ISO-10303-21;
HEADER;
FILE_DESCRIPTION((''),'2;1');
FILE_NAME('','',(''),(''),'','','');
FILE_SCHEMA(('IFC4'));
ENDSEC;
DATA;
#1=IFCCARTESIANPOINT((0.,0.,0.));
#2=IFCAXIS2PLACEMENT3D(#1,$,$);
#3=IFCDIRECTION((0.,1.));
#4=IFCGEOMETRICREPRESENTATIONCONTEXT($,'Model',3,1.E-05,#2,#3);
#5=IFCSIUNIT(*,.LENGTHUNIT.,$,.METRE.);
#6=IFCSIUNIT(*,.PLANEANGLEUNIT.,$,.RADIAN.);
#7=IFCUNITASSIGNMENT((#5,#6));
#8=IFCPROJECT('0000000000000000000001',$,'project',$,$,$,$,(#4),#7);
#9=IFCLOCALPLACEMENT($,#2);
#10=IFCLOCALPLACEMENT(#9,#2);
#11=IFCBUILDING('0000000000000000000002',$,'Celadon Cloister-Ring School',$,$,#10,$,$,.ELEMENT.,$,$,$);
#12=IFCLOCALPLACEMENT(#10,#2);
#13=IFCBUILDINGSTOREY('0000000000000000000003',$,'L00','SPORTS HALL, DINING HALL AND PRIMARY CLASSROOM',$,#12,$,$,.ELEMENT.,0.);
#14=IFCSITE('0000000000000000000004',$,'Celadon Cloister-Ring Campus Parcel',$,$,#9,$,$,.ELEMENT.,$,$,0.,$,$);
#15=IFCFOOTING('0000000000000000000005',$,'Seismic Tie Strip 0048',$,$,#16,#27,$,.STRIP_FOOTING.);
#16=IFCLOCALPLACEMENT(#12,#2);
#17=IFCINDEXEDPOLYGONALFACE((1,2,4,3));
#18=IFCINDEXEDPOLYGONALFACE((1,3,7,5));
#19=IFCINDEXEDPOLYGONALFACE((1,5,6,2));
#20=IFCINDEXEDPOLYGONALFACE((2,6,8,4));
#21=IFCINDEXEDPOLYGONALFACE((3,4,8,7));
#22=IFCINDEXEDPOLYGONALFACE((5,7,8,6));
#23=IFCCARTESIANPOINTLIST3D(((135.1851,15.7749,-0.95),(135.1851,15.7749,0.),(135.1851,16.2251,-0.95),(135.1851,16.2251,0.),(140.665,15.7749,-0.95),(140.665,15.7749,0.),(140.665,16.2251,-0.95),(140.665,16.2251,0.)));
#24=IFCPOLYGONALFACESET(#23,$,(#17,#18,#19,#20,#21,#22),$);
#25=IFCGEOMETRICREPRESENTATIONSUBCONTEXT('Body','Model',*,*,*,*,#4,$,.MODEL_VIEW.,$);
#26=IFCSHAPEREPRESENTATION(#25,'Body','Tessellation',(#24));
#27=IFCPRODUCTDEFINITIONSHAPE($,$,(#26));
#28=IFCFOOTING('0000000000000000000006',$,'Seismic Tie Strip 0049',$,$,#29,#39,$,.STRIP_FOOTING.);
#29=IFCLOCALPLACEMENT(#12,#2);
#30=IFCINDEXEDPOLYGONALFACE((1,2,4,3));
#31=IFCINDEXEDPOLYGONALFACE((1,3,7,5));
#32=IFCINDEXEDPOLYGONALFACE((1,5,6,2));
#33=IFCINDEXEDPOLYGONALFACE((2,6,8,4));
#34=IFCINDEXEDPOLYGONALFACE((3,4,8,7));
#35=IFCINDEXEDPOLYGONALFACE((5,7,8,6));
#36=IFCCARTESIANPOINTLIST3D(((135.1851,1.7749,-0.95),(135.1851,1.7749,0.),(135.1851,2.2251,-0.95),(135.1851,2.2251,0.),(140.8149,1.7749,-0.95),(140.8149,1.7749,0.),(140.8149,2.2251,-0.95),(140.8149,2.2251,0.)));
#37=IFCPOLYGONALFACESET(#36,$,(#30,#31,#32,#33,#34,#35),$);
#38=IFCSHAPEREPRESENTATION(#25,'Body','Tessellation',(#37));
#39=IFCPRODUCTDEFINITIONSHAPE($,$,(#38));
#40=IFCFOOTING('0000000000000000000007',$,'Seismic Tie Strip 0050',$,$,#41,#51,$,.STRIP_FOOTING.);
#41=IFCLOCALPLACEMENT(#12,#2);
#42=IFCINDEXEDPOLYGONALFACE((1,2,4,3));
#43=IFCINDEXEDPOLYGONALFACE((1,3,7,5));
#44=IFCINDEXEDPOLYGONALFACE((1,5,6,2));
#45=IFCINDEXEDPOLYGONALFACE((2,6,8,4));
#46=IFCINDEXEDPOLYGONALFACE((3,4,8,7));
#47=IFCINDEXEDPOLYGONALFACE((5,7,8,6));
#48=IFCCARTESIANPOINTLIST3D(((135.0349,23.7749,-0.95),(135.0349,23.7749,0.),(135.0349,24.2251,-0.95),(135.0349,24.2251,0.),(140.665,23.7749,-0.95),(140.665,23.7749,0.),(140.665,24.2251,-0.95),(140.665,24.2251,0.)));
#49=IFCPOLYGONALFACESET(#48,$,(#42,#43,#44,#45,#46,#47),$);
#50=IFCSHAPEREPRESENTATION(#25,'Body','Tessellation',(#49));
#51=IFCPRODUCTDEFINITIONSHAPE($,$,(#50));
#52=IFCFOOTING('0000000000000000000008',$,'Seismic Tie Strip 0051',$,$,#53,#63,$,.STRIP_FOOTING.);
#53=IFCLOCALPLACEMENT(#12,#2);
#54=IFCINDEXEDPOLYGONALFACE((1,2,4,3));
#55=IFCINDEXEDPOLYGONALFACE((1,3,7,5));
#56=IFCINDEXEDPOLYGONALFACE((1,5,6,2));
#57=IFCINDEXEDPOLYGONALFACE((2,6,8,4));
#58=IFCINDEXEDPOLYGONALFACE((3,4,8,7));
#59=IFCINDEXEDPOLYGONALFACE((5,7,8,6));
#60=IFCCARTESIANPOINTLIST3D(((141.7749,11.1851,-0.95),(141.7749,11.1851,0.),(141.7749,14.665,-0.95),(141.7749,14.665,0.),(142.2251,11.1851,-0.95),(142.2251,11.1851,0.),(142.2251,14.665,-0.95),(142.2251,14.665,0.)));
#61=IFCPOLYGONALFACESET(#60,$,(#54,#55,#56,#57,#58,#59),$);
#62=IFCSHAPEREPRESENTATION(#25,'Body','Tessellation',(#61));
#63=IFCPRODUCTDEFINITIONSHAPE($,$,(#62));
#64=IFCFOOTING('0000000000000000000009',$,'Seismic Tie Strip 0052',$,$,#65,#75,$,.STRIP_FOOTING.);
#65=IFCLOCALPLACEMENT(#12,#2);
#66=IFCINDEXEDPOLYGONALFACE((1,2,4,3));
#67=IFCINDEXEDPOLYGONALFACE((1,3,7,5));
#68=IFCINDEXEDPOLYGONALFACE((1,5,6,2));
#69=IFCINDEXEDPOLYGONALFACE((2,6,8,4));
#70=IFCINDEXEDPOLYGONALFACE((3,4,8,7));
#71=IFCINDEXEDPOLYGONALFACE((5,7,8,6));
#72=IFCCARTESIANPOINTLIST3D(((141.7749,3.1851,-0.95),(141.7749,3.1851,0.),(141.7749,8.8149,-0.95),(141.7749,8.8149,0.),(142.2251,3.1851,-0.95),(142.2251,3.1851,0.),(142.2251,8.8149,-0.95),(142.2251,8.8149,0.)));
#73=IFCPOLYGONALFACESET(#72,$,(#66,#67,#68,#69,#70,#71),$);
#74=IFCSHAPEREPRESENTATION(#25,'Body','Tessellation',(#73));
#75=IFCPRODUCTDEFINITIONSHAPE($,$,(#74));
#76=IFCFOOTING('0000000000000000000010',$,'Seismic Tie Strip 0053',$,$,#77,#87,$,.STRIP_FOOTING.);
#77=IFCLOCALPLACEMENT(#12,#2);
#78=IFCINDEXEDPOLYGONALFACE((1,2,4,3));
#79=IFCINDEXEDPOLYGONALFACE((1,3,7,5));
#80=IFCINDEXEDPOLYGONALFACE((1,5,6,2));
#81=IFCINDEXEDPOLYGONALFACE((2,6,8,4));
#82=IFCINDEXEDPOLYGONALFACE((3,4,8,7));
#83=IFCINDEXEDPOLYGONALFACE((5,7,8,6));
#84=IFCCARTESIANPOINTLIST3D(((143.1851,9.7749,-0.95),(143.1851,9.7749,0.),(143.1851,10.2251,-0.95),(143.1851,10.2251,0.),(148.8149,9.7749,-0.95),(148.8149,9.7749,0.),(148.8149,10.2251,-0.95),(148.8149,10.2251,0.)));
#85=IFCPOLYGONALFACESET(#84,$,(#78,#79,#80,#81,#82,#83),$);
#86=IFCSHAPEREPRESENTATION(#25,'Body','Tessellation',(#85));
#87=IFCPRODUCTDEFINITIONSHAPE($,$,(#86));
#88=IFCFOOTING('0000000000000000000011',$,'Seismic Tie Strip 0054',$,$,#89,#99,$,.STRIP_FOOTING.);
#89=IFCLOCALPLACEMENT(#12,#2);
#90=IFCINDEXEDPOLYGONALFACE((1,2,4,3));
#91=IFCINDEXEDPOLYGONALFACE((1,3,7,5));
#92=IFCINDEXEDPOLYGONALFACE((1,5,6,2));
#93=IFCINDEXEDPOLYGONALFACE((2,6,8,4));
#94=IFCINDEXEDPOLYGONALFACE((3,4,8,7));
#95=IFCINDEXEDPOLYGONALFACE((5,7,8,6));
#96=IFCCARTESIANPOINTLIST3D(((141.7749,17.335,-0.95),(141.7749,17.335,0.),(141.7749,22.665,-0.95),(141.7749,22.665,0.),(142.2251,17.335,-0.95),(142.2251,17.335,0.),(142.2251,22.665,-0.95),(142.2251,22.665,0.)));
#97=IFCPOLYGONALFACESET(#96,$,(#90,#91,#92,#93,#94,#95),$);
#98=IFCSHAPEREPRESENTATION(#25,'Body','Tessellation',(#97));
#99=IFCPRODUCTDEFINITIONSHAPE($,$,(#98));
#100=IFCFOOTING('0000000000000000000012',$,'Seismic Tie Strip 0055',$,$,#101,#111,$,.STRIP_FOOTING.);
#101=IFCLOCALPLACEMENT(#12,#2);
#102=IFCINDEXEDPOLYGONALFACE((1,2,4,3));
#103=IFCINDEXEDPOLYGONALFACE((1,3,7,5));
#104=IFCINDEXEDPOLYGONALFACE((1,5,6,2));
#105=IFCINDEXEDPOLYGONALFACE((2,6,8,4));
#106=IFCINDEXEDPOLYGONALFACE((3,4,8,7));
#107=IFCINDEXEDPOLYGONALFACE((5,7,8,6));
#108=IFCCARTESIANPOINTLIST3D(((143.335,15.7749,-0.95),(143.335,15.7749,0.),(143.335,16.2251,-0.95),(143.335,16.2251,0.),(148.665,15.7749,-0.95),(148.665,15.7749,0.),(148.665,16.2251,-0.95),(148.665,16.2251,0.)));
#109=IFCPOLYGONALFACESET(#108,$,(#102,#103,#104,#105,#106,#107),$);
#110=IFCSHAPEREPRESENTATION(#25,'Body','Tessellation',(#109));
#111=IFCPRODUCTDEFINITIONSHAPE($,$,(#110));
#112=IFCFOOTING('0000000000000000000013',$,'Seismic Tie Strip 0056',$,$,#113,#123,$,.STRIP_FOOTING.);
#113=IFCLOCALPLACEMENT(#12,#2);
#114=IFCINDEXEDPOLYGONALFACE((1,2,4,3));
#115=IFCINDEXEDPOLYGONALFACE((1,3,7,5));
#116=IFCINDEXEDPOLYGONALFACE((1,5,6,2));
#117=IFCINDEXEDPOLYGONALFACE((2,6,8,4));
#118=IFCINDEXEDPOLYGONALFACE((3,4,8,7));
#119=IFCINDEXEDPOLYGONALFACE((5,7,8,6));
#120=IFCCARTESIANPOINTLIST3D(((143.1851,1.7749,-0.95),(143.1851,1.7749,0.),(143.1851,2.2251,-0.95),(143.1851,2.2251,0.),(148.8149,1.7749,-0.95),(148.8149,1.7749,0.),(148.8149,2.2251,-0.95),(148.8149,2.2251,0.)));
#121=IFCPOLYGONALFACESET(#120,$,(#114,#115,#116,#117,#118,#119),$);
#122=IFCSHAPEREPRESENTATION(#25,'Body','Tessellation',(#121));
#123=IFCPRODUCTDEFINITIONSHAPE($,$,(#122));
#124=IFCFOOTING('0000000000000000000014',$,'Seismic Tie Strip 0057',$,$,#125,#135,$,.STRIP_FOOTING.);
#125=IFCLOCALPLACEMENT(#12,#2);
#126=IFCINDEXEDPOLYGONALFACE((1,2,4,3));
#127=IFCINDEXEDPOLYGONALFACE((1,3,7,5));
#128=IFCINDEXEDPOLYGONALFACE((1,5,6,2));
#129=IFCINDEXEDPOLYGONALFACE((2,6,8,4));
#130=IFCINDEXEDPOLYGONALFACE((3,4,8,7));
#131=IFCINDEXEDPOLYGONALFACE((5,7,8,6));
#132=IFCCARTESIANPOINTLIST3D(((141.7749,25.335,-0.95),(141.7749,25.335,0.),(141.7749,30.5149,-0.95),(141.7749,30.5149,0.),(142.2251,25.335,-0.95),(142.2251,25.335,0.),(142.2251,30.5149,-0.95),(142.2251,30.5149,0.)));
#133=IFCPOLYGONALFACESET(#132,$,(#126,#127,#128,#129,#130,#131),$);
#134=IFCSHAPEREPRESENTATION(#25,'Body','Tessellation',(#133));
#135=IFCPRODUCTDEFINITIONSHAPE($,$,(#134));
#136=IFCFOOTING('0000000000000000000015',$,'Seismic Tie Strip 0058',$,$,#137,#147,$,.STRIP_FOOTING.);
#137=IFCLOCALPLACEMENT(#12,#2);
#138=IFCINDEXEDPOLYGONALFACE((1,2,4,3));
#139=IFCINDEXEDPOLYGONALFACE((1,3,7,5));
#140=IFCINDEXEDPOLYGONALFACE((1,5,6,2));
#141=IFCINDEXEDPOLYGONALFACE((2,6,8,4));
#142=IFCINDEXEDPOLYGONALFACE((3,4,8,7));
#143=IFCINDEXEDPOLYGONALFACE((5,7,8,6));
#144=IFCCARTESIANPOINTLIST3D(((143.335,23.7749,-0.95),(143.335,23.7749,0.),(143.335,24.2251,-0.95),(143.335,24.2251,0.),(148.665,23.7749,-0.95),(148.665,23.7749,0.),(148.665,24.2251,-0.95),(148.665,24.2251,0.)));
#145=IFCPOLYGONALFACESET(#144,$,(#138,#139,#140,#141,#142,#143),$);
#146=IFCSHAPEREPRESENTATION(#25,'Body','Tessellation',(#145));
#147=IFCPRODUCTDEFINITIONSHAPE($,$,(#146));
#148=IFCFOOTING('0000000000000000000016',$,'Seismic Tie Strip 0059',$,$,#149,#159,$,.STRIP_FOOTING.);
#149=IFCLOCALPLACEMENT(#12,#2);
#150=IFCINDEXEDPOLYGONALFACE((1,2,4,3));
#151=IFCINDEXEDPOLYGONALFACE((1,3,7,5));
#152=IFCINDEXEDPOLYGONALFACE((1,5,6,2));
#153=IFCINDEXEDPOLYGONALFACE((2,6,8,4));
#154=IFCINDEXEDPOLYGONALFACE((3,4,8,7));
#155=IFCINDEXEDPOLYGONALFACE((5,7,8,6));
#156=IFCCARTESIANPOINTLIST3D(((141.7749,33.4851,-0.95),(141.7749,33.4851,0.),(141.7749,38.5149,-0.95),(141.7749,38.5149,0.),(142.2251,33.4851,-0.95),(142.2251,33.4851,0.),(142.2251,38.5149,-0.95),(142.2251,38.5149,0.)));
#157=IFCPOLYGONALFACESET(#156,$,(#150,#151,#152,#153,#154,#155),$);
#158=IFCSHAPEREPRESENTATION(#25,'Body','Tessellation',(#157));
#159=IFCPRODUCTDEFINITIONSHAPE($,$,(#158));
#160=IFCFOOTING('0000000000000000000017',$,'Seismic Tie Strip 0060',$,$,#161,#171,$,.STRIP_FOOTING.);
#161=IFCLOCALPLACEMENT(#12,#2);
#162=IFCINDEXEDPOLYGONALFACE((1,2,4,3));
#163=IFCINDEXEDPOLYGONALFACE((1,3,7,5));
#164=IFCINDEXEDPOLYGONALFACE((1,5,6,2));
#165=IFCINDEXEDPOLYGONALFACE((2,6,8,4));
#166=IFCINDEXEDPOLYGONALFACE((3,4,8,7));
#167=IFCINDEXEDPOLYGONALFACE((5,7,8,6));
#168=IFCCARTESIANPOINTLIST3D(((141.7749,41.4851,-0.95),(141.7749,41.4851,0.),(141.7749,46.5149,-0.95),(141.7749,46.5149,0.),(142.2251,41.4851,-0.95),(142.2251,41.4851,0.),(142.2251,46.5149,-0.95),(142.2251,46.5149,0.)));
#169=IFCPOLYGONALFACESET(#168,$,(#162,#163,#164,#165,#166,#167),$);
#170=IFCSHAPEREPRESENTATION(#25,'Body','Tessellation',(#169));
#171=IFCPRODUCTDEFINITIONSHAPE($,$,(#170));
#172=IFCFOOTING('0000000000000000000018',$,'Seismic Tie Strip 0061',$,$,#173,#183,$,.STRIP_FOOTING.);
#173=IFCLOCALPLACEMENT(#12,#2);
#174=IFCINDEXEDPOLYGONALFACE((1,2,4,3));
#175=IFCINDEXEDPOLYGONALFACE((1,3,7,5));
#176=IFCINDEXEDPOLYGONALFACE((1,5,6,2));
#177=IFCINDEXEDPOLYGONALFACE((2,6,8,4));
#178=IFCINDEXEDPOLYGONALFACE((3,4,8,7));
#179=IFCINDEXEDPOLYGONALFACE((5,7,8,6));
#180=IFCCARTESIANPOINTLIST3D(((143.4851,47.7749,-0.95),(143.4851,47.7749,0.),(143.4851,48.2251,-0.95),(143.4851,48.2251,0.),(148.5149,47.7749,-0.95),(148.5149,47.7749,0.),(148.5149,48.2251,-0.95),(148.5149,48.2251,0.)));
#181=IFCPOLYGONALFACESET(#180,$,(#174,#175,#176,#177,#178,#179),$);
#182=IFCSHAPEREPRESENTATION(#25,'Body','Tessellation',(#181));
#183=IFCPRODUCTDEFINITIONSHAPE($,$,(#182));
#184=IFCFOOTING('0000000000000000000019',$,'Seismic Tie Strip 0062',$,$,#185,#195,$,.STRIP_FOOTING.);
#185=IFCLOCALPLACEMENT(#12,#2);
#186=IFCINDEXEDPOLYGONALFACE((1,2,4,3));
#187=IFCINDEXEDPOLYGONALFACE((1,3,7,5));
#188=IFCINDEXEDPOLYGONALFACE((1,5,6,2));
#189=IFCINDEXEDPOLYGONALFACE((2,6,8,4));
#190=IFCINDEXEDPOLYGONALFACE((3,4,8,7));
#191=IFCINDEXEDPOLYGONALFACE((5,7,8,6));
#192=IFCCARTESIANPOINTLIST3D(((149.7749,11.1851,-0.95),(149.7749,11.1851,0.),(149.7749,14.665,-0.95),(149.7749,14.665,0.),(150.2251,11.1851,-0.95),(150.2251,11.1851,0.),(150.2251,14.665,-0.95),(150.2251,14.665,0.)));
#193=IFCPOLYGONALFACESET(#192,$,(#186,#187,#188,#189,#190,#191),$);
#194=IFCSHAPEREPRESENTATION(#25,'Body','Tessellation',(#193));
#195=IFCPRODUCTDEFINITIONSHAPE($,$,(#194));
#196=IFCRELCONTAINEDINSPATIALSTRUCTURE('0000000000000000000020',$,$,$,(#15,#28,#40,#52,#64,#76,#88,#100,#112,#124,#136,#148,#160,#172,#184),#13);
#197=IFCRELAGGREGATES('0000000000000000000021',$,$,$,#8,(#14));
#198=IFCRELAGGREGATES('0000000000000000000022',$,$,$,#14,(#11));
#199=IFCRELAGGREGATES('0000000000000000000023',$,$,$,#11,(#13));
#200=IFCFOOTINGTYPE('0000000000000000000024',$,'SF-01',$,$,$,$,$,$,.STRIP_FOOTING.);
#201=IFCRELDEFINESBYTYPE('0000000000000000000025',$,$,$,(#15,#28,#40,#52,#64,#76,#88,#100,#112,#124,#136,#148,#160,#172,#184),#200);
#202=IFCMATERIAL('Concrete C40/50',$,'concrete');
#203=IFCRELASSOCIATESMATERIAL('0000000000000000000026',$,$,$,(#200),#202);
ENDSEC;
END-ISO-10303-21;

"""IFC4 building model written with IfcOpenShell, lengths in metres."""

from ifc_helpers import new_model, si_unit, direction, frame, origin, place, context, subcontext, project, spatial, polyline, outline, extrude, material, type_object, element, save


model = new_model("IFC4")

# Units and contexts
model_context = context("Model", 3, precision=1e-05, world=origin(), true_north=direction((0.0, 1.0)))
body_context = subcontext(model_context, "Body", "Model", "MODEL_VIEW")
ifc_project = project(units=[si_unit("LENGTHUNIT", "METRE"), si_unit("PLANEANGLEUNIT", "RADIAN")], contexts=[model_context])

# Site, building, storey
site_placement = place(None, origin())
site = spatial("IfcSite", under=ifc_project, at=site_placement, Name="Celadon Cloister-Ring Campus Parcel", CompositionType="ELEMENT", RefElevation=0.0)
building_placement = place(site_placement, origin())
building = spatial("IfcBuilding", under=site, at=building_placement, Name="Celadon Cloister-Ring School", CompositionType="ELEMENT")
storey_placement = place(building_placement, origin())
storey = spatial("IfcBuildingStorey", under=building, at=storey_placement, Name="L00", Description="SPORTS HALL, DINING HALL AND PRIMARY CLASSROOM", CompositionType="ELEMENT", Elevation=0.0)

# Footings
ifc_material = material(Name="Concrete C40/50", Category="concrete")
footing_type = type_object("IfcFootingType", Name="SF-01", PredefinedType="STRIP_FOOTING", material=ifc_material)
footing_1_placement = place(storey_placement, frame((0.0, 0.0, -0.95)))
element("IfcFooting", 1, at=footing_1_placement, inside=storey, type_object=footing_type, Name="Seismic Tie Strip 0048", PredefinedType="STRIP_FOOTING", context=body_context, shape_type="SweptSolid", body=[
    extrude(outline(polyline([(135.1851, 15.7749), (140.665, 15.7749), (140.665, 16.2251), (135.1851, 16.2251), (135.1851, 15.7749)])), origin(), (0.0, 0.0, 1.0), 0.95),
])
footing_2_placement = place(storey_placement, frame((0.0, 0.0, -0.95)))
element("IfcFooting", 2, at=footing_2_placement, inside=storey, type_object=footing_type, Name="Seismic Tie Strip 0049", PredefinedType="STRIP_FOOTING", context=body_context, shape_type="SweptSolid", body=[
    extrude(outline(polyline([(135.1851, 1.7749), (140.8149, 1.7749), (140.8149, 2.2251), (135.1851, 2.2251), (135.1851, 1.7749)])), origin(), (0.0, 0.0, 1.0), 0.95),
])
footing_3_placement = place(storey_placement, frame((0.0, 0.0, -0.95)))
element("IfcFooting", 3, at=footing_3_placement, inside=storey, type_object=footing_type, Name="Seismic Tie Strip 0050", PredefinedType="STRIP_FOOTING", context=body_context, shape_type="SweptSolid", body=[
    extrude(outline(polyline([(135.0349, 23.7749), (140.665, 23.7749), (140.665, 24.2251), (135.0349, 24.2251), (135.0349, 23.7749)])), origin(), (0.0, 0.0, 1.0), 0.95),
])
footing_4_placement = place(storey_placement, frame((0.0, 0.0, -0.95)))
element("IfcFooting", 4, at=footing_4_placement, inside=storey, type_object=footing_type, Name="Seismic Tie Strip 0051", PredefinedType="STRIP_FOOTING", context=body_context, shape_type="SweptSolid", body=[
    extrude(outline(polyline([(142.2251, 11.1851), (142.2251, 14.665), (141.7749, 14.665), (141.7749, 11.1851), (142.2251, 11.1851)])), origin(), (0.0, 0.0, 1.0), 0.95),
])
footing_5_placement = place(storey_placement, frame((0.0, 0.0, -0.95)))
element("IfcFooting", 5, at=footing_5_placement, inside=storey, type_object=footing_type, Name="Seismic Tie Strip 0052", PredefinedType="STRIP_FOOTING", context=body_context, shape_type="SweptSolid", body=[
    extrude(outline(polyline([(141.7749, 8.8149), (141.7749, 3.1851), (142.2251, 3.1851), (142.2251, 8.8149), (141.7749, 8.8149)])), origin(), (0.0, 0.0, 1.0), 0.95),
])
footing_6_placement = place(storey_placement, frame((0.0, 0.0, -0.95)))
element("IfcFooting", 6, at=footing_6_placement, inside=storey, type_object=footing_type, Name="Seismic Tie Strip 0053", PredefinedType="STRIP_FOOTING", context=body_context, shape_type="SweptSolid", body=[
    extrude(outline(polyline([(143.1851, 9.7749), (148.8149, 9.7749), (148.8149, 10.2251), (143.1851, 10.2251), (143.1851, 9.7749)])), origin(), (0.0, 0.0, 1.0), 0.95),
])
footing_7_placement = place(storey_placement, frame((0.0, 0.0, -0.95)))
element("IfcFooting", 7, at=footing_7_placement, inside=storey, type_object=footing_type, Name="Seismic Tie Strip 0054", PredefinedType="STRIP_FOOTING", context=body_context, shape_type="SweptSolid", body=[
    extrude(outline(polyline([(142.2251, 17.335), (142.2251, 22.665), (141.7749, 22.665), (141.7749, 17.335), (142.2251, 17.335)])), origin(), (0.0, 0.0, 1.0), 0.95),
])
footing_8_placement = place(storey_placement, frame((0.0, 0.0, -0.95)))
element("IfcFooting", 8, at=footing_8_placement, inside=storey, type_object=footing_type, Name="Seismic Tie Strip 0055", PredefinedType="STRIP_FOOTING", context=body_context, shape_type="SweptSolid", body=[
    extrude(outline(polyline([(143.335, 15.7749), (148.665, 15.7749), (148.665, 16.2251), (143.335, 16.2251), (143.335, 15.7749)])), origin(), (0.0, 0.0, 1.0), 0.95),
])
footing_9_placement = place(storey_placement, frame((0.0, 0.0, -0.95)))
element("IfcFooting", 9, at=footing_9_placement, inside=storey, type_object=footing_type, Name="Seismic Tie Strip 0056", PredefinedType="STRIP_FOOTING", context=body_context, shape_type="SweptSolid", body=[
    extrude(outline(polyline([(143.1851, 1.7749), (148.8149, 1.7749), (148.8149, 2.2251), (143.1851, 2.2251), (143.1851, 1.7749)])), origin(), (0.0, 0.0, 1.0), 0.95),
])
footing_10_placement = place(storey_placement, frame((0.0, 0.0, -0.95)))
element("IfcFooting", 10, at=footing_10_placement, inside=storey, type_object=footing_type, Name="Seismic Tie Strip 0057", PredefinedType="STRIP_FOOTING", context=body_context, shape_type="SweptSolid", body=[
    extrude(outline(polyline([(142.2251, 25.335), (142.2251, 30.5149), (141.7749, 30.5149), (141.7749, 25.335), (142.2251, 25.335)])), origin(), (0.0, 0.0, 1.0), 0.95),
])
footing_11_placement = place(storey_placement, frame((0.0, 0.0, -0.95)))
element("IfcFooting", 11, at=footing_11_placement, inside=storey, type_object=footing_type, Name="Seismic Tie Strip 0058", PredefinedType="STRIP_FOOTING", context=body_context, shape_type="SweptSolid", body=[
    extrude(outline(polyline([(143.335, 23.7749), (148.665, 23.7749), (148.665, 24.2251), (143.335, 24.2251), (143.335, 23.7749)])), origin(), (0.0, 0.0, 1.0), 0.95),
])
footing_12_placement = place(storey_placement, frame((0.0, 0.0, -0.95)))
element("IfcFooting", 12, at=footing_12_placement, inside=storey, type_object=footing_type, Name="Seismic Tie Strip 0059", PredefinedType="STRIP_FOOTING", context=body_context, shape_type="SweptSolid", body=[
    extrude(outline(polyline([(142.2251, 33.4851), (142.2251, 38.5149), (141.7749, 38.5149), (141.7749, 33.4851), (142.2251, 33.4851)])), origin(), (0.0, 0.0, 1.0), 0.95),
])
footing_13_placement = place(storey_placement, frame((0.0, 0.0, -0.95)))
element("IfcFooting", 13, at=footing_13_placement, inside=storey, type_object=footing_type, Name="Seismic Tie Strip 0060", PredefinedType="STRIP_FOOTING", context=body_context, shape_type="SweptSolid", body=[
    extrude(outline(polyline([(142.2251, 41.4851), (142.2251, 46.5149), (141.7749, 46.5149), (141.7749, 41.4851), (142.2251, 41.4851)])), origin(), (0.0, 0.0, 1.0), 0.95),
])
footing_14_placement = place(storey_placement, frame((0.0, 0.0, -0.95)))
element("IfcFooting", 14, at=footing_14_placement, inside=storey, type_object=footing_type, Name="Seismic Tie Strip 0061", PredefinedType="STRIP_FOOTING", context=body_context, shape_type="SweptSolid", body=[
    extrude(outline(polyline([(143.4851, 47.7749), (148.5149, 47.7749), (148.5149, 48.2251), (143.4851, 48.2251), (143.4851, 47.7749)])), origin(), (0.0, 0.0, 1.0), 0.95),
])
footing_15_placement = place(storey_placement, frame((0.0, 0.0, -0.95)))
element("IfcFooting", 15, at=footing_15_placement, inside=storey, type_object=footing_type, Name="Seismic Tie Strip 0062", PredefinedType="STRIP_FOOTING", context=body_context, shape_type="SweptSolid", body=[
    extrude(outline(polyline([(150.2251, 11.1851), (150.2251, 14.665), (149.7749, 14.665), (149.7749, 11.1851), (150.2251, 11.1851)])), origin(), (0.0, 0.0, 1.0), 0.95),
])

save(model, "model.ifc")
